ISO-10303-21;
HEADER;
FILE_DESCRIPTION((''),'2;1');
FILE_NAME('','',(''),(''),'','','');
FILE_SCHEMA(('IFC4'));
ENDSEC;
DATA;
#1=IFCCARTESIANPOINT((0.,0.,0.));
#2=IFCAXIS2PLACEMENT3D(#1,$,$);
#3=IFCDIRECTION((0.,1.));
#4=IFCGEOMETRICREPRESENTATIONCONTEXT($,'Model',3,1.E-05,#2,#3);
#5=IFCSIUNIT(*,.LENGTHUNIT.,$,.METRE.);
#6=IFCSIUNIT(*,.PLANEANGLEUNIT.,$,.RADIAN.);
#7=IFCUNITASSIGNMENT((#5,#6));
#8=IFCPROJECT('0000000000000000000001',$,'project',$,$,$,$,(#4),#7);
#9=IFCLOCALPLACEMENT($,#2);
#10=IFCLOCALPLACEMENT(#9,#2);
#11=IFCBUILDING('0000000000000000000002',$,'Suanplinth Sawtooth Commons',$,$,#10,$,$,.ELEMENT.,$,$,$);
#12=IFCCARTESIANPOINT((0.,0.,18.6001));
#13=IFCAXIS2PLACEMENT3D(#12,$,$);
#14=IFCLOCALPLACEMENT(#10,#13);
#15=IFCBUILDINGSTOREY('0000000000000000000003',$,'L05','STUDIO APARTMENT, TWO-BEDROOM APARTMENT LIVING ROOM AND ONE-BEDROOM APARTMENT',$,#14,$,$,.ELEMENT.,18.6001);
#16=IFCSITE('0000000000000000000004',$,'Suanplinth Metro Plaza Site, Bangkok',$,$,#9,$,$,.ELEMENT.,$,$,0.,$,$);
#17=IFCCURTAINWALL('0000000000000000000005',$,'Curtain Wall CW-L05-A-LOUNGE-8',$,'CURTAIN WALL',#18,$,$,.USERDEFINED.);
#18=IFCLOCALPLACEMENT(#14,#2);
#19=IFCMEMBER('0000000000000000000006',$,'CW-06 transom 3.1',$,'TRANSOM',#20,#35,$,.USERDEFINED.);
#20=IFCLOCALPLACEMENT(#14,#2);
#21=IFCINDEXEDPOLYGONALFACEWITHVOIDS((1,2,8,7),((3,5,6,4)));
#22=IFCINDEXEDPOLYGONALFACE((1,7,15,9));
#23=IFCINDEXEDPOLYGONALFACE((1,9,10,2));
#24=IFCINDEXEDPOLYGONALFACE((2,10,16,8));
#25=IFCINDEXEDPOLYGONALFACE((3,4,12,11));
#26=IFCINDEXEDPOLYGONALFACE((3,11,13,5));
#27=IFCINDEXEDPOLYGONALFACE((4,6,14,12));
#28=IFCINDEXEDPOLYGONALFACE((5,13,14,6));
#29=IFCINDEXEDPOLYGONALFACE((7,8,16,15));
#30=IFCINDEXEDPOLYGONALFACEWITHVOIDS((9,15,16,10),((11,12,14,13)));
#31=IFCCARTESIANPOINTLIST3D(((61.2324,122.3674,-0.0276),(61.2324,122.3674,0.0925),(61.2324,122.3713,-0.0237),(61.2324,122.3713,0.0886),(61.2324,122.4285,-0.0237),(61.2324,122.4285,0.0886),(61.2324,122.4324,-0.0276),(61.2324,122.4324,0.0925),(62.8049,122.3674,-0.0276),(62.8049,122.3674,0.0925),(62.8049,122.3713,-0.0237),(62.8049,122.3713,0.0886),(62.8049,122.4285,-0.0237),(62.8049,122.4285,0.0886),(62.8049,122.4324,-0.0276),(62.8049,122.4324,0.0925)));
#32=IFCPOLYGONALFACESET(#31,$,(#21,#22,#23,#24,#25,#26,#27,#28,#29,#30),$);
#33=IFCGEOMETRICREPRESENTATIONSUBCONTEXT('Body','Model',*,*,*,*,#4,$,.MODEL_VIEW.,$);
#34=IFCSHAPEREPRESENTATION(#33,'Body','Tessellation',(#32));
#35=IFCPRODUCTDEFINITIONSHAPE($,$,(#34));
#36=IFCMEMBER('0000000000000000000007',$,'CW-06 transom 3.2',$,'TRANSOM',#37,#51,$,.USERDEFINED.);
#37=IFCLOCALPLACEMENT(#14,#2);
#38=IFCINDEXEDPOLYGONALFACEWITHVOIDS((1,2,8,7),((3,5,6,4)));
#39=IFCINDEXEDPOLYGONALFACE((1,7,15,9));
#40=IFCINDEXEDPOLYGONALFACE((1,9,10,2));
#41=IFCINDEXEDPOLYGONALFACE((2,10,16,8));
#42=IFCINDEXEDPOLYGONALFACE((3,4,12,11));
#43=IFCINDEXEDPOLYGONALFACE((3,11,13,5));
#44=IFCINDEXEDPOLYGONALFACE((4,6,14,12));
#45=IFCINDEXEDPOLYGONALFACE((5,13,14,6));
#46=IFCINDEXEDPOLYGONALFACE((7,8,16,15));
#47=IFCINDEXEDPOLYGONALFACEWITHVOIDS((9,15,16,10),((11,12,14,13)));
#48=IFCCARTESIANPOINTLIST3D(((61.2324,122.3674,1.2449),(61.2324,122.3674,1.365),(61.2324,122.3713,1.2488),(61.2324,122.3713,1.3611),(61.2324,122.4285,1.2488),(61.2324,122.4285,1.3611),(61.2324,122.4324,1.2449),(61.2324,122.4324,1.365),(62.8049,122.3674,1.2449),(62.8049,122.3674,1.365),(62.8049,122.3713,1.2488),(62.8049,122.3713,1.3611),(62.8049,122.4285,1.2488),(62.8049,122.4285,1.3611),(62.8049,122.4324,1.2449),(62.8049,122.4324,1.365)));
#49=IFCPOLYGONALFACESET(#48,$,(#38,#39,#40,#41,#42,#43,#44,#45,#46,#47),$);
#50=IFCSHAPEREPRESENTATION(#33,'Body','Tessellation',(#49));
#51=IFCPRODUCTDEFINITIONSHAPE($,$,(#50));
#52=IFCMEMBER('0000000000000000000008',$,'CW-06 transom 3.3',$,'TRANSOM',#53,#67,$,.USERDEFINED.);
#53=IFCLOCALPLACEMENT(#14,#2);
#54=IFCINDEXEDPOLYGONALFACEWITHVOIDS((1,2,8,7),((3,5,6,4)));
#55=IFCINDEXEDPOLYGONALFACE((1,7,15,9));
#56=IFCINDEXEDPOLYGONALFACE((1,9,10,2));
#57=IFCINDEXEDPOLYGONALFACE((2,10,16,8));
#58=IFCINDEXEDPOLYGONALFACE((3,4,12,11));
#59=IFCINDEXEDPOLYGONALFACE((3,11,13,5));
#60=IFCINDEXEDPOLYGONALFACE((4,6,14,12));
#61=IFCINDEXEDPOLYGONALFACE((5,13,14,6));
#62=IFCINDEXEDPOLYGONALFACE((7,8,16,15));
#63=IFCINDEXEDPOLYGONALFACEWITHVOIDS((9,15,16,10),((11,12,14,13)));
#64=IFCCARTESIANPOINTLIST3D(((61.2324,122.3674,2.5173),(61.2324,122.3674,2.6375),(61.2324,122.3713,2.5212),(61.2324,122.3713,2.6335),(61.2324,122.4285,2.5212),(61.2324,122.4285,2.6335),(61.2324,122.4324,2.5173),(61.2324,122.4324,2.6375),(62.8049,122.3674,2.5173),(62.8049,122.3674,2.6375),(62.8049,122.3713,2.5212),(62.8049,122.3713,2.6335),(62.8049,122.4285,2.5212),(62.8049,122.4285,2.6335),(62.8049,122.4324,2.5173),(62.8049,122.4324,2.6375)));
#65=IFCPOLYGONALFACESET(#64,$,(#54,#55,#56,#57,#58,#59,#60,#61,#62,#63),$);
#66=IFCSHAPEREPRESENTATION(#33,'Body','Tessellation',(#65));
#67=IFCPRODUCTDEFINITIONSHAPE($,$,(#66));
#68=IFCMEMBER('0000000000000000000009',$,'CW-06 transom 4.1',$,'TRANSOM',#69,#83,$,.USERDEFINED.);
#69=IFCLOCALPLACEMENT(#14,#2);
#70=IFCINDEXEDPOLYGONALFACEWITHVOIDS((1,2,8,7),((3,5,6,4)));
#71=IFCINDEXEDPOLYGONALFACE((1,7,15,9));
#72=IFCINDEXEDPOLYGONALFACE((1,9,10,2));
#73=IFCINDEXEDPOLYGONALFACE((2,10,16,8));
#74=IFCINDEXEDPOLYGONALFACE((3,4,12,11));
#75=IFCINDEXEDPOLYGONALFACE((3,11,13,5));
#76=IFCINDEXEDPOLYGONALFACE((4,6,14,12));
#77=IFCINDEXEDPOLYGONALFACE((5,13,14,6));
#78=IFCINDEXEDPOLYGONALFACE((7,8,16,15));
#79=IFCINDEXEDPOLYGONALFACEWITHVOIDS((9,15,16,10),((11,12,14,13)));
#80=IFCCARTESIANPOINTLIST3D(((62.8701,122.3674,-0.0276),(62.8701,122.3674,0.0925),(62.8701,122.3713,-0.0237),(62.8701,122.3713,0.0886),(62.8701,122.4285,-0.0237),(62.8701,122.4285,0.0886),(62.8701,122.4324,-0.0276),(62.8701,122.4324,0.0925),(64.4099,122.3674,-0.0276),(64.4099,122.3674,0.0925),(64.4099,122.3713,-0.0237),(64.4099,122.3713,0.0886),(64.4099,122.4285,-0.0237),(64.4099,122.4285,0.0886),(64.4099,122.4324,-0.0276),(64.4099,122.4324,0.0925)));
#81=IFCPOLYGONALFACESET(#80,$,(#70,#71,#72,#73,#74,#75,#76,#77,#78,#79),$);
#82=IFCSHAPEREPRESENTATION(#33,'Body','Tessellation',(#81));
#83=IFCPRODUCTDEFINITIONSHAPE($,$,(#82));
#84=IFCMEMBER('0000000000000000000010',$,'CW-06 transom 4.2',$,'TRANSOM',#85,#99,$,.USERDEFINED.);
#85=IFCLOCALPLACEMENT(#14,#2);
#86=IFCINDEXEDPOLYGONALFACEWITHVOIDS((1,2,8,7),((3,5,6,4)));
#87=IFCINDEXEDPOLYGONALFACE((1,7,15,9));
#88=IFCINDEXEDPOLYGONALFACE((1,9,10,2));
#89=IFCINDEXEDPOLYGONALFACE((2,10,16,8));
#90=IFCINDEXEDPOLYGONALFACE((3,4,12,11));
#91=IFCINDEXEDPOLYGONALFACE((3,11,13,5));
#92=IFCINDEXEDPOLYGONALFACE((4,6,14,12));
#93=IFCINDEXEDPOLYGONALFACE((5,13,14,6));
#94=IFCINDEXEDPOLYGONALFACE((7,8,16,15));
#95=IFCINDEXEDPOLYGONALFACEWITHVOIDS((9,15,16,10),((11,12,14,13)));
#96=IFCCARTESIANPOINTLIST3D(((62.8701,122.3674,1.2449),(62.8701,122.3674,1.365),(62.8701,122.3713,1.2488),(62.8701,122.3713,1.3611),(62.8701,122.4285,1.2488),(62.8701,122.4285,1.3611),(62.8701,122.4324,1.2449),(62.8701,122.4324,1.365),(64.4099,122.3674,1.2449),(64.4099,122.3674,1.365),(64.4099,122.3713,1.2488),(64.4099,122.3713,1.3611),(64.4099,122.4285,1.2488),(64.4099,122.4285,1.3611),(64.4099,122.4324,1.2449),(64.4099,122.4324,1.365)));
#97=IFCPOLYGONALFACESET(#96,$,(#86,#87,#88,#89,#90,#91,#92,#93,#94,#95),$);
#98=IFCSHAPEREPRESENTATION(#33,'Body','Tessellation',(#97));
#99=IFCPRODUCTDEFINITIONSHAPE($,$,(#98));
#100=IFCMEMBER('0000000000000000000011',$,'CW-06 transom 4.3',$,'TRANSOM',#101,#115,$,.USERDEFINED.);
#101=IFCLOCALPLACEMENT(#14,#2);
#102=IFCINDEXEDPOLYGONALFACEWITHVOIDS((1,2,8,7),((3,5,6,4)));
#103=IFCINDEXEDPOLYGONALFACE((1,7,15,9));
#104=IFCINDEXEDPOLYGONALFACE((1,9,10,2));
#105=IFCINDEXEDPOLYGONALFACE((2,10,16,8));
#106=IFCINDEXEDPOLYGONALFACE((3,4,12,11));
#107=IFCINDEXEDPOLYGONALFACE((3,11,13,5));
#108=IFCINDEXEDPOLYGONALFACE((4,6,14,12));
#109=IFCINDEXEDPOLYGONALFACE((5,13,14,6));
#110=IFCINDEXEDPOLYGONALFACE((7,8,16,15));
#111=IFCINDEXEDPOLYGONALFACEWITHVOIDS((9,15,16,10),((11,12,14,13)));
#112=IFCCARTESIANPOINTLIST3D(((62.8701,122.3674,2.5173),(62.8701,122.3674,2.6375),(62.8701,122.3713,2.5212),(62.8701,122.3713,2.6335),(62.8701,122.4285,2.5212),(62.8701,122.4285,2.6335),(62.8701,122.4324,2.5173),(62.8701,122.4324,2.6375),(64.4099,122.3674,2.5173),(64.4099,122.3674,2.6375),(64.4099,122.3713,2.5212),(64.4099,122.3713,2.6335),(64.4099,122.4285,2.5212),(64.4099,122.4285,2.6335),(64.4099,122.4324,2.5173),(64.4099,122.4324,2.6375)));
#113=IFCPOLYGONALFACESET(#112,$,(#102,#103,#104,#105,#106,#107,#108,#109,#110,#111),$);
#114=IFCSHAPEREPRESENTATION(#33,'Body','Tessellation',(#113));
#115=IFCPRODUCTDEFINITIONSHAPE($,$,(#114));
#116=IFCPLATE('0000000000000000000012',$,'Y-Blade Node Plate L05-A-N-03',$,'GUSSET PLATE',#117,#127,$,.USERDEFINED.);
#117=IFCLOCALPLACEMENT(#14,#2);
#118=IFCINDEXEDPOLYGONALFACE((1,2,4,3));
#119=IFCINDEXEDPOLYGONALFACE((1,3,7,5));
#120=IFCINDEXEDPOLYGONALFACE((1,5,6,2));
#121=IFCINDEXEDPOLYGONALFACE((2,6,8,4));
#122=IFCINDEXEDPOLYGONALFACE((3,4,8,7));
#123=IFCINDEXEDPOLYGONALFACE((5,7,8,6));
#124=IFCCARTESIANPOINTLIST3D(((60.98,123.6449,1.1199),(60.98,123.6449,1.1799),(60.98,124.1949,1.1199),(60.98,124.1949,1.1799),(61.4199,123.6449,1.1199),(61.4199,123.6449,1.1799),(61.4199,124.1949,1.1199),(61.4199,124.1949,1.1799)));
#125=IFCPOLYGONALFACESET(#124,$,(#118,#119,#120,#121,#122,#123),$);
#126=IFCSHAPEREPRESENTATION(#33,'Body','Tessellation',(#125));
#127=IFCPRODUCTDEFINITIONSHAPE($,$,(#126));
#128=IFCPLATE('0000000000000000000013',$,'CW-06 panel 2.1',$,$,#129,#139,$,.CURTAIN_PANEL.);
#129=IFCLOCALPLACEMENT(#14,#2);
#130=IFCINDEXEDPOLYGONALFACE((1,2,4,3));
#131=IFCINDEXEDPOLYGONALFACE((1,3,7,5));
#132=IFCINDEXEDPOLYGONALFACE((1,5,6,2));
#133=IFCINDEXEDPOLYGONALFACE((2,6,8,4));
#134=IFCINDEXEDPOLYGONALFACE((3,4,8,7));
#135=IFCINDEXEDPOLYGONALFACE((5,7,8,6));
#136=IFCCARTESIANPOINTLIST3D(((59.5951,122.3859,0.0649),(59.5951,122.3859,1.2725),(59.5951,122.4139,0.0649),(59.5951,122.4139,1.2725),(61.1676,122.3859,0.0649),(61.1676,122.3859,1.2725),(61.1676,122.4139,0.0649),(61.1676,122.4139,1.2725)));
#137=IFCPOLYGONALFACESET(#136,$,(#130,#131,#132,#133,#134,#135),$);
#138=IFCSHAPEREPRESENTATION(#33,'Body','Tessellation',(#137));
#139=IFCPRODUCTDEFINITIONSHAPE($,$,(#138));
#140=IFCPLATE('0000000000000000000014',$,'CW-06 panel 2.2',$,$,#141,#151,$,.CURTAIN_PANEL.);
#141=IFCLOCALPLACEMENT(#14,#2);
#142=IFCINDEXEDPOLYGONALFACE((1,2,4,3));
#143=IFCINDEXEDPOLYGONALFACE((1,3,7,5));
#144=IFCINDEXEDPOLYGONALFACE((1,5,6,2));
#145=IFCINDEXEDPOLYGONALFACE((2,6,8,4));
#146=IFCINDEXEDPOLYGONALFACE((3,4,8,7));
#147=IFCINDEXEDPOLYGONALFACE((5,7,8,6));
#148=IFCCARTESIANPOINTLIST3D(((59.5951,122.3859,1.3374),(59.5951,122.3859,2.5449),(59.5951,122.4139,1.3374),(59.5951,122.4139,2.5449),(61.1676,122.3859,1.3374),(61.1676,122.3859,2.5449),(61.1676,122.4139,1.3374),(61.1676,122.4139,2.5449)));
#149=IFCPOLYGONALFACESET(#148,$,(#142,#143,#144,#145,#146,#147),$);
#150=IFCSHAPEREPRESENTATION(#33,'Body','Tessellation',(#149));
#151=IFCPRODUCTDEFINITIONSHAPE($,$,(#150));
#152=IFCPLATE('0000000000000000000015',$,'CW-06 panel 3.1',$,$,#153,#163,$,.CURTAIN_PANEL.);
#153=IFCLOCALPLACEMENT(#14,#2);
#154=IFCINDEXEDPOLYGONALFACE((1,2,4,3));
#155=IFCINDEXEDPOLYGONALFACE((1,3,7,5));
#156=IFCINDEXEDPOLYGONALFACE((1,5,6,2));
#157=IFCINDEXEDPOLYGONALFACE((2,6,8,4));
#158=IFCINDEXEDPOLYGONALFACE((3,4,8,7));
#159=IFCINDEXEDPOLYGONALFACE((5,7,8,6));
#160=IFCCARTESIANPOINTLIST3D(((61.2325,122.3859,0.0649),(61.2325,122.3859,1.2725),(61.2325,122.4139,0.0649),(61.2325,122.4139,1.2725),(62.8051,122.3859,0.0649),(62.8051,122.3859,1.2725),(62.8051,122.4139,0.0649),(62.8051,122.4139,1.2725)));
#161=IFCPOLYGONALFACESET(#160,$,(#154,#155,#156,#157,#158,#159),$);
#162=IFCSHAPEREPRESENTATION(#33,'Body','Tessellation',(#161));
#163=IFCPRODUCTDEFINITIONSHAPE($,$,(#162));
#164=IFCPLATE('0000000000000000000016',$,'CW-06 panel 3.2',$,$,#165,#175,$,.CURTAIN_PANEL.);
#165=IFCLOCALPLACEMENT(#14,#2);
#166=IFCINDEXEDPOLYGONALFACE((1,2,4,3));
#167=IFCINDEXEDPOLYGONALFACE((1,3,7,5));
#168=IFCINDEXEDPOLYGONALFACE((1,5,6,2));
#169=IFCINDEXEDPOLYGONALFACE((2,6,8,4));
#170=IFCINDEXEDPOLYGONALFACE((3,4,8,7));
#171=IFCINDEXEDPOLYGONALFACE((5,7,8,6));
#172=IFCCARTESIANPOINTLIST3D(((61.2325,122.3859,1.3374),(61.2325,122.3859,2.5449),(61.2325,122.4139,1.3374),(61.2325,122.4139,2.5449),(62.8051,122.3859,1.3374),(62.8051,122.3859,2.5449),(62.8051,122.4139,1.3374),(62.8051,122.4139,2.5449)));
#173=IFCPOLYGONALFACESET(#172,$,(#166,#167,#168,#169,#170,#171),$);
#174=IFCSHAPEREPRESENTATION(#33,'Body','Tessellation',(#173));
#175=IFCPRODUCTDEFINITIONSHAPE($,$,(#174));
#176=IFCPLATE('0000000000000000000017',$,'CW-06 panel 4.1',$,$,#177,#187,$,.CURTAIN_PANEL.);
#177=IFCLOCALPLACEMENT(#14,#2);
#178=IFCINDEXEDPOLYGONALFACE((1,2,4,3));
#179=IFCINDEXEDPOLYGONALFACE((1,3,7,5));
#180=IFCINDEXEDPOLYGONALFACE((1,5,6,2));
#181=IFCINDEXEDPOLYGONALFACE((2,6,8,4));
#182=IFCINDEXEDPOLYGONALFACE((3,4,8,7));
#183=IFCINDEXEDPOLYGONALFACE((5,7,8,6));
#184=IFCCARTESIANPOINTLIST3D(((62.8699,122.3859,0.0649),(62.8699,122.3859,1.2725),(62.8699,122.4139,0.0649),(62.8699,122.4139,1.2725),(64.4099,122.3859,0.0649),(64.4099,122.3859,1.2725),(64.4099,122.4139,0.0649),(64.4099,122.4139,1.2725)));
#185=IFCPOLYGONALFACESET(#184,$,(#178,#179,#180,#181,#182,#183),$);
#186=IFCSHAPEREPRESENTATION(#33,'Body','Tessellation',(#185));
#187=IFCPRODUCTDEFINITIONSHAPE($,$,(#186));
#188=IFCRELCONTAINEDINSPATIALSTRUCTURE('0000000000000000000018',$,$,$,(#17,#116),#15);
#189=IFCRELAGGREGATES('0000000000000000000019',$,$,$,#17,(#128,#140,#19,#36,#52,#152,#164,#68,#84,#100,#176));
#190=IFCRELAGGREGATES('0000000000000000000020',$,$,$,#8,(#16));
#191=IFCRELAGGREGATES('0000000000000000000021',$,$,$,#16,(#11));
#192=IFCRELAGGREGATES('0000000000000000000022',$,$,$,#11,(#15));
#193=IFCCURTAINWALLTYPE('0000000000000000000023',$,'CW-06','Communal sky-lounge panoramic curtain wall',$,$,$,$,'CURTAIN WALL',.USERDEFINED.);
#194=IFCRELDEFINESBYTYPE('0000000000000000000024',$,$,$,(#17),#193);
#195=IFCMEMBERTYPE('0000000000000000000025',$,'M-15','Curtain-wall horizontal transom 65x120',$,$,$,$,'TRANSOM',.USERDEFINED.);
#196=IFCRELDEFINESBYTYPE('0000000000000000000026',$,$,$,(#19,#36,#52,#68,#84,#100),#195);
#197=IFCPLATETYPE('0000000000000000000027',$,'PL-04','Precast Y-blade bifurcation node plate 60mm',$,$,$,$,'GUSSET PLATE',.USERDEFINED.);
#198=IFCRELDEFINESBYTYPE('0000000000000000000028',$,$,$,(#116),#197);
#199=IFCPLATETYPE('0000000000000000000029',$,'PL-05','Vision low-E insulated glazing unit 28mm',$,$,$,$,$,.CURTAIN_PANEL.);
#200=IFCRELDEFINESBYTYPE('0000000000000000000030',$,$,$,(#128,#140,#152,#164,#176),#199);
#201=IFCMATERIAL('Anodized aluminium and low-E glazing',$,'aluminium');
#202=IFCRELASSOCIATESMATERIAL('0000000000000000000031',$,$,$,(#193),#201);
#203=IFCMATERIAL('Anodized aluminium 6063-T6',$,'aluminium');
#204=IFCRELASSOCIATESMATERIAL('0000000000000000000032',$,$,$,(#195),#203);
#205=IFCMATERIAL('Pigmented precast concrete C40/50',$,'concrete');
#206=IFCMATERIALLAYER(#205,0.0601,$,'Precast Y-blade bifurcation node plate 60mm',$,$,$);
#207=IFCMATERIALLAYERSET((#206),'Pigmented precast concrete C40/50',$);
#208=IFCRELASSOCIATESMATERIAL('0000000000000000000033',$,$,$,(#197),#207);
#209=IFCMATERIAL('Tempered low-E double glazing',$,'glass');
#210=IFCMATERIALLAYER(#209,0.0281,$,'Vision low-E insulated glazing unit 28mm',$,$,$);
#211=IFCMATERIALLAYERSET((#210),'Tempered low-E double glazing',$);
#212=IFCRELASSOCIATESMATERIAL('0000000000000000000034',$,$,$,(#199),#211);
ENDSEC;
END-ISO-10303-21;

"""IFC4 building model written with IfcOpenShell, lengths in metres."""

from ifc_helpers import new_model, si_unit, direction, frame, origin, origin_2d, place, context, subcontext, project, spatial, rectangle, hollow_rectangle, extrude, material, layer, layer_set, material_profile, profile_set, type_object, element, aggregate, save


model = new_model("IFC4")

# Units and contexts
model_context = context("Model", 3, precision=1e-05, world=origin(), true_north=direction((0.0, 1.0)))
body_context = subcontext(model_context, "Body", "Model", "MODEL_VIEW")
ifc_project = project(units=[si_unit("LENGTHUNIT", "METRE"), si_unit("PLANEANGLEUNIT", "RADIAN")], contexts=[model_context])

# Site, building, storey
site_placement = place(None, origin())
site = spatial("IfcSite", under=ifc_project, at=site_placement, Name="Suanplinth Metro Plaza Site, Bangkok", CompositionType="ELEMENT", RefElevation=0.0)
building_placement = place(site_placement, origin())
building = spatial("IfcBuilding", under=site, at=building_placement, Name="Suanplinth Sawtooth Commons", CompositionType="ELEMENT")
storey_placement = place(building_placement, frame((0.0, 0.0, 18.6001)))
storey = spatial("IfcBuildingStorey", under=building, at=storey_placement, Name="L05", Description="STUDIO APARTMENT, TWO-BEDROOM APARTMENT LIVING ROOM AND ONE-BEDROOM APARTMENT", CompositionType="ELEMENT", Elevation=18.6001)

# Shared definitions
ifc_material_1 = material(Name="Pigmented precast concrete C40/50", Category="concrete")

# Curtain wall, members
ifc_material_2 = material(Name="Anodized aluminium and low-E glazing", Category="aluminium")
curtain_wall_type = type_object("IfcCurtainWallType", Name="CW-06", Description="Communal sky-lounge panoramic curtain wall", ElementType="CURTAIN WALL", PredefinedType="USERDEFINED", material=ifc_material_2)
curtain_wall_placement = place(storey_placement, origin())
curtain_wall = element("IfcCurtainWall", 1, at=curtain_wall_placement, inside=storey, type_object=curtain_wall_type, Name="Curtain Wall CW-L05-A-LOUNGE-8", ObjectType="CURTAIN WALL", PredefinedType="USERDEFINED")
ifc_material_3 = material(Name="Anodized aluminium 6063-T6", Category="aluminium")
ifc_material_profile_1 = material_profile(ifc_material_3, hollow_rectangle(XDim=0.0649, YDim=0.1201, WallThickness=0.0039, at=origin_2d()), Name="ALU-TRN 65x120")
ifc_profile_set_1 = profile_set([ifc_material_profile_1], Name="Anodized aluminium 6063-T6")
member_type_1 = type_object("IfcMemberType", Name="M-15", Description="Curtain-wall horizontal transom 65x120", ElementType="TRANSOM", PredefinedType="USERDEFINED", material=ifc_profile_set_1)
member_1_placement = place(storey_placement, frame((61.2324, 122.3999, 0.0325), z_axis=(1.0, 0.0, 0.0), x_axis=(0.0, 1.0, 0.0)))
member_1 = element("IfcMember", 2, at=member_1_placement, type_object=member_type_1, Name="CW-06 transom 3.1", ObjectType="TRANSOM", PredefinedType="USERDEFINED", context=body_context, shape_type="SweptSolid", body=[
    extrude(hollow_rectangle(XDim=0.0649, YDim=0.1201, WallThickness=0.0039, at=origin_2d()), origin(), (0.0, 0.0, 1.0), 1.5725),
])
member_2_placement = place(storey_placement, frame((61.2324, 122.3999, 1.3049), z_axis=(1.0, 0.0, 0.0), x_axis=(0.0, 1.0, 0.0)))
member_2 = element("IfcMember", 3, at=member_2_placement, type_object=member_type_1, Name="CW-06 transom 3.2", ObjectType="TRANSOM", PredefinedType="USERDEFINED", context=body_context, shape_type="SweptSolid", body=[
    extrude(hollow_rectangle(XDim=0.0649, YDim=0.1201, WallThickness=0.0039, at=origin_2d()), origin(), (0.0, 0.0, 1.0), 1.5725),
])
member_3_placement = place(storey_placement, frame((61.2324, 122.3999, 2.5774), z_axis=(1.0, 0.0, 0.0), x_axis=(0.0, 1.0, 0.0)))
member_3 = element("IfcMember", 4, at=member_3_placement, type_object=member_type_1, Name="CW-06 transom 3.3", ObjectType="TRANSOM", PredefinedType="USERDEFINED", context=body_context, shape_type="SweptSolid", body=[
    extrude(hollow_rectangle(XDim=0.0649, YDim=0.1201, WallThickness=0.0039, at=origin_2d()), origin(), (0.0, 0.0, 1.0), 1.5725),
])
member_4_placement = place(storey_placement, frame((62.8701, 122.3999, 0.0325), z_axis=(1.0, 0.0, 0.0), x_axis=(0.0, 1.0, 0.0)))
member_4 = element("IfcMember", 5, at=member_4_placement, type_object=member_type_1, Name="CW-06 transom 4.1", ObjectType="TRANSOM", PredefinedType="USERDEFINED", context=body_context, shape_type="SweptSolid", body=[
    extrude(hollow_rectangle(XDim=0.0649, YDim=0.1201, WallThickness=0.0039, at=origin_2d()), origin(), (0.0, 0.0, 1.0), 1.5398),
])
member_5_placement = place(storey_placement, frame((62.8701, 122.3999, 1.3049), z_axis=(1.0, 0.0, 0.0), x_axis=(0.0, 1.0, 0.0)))
member_5 = element("IfcMember", 6, at=member_5_placement, type_object=member_type_1, Name="CW-06 transom 4.2", ObjectType="TRANSOM", PredefinedType="USERDEFINED", context=body_context, shape_type="SweptSolid", body=[
    extrude(hollow_rectangle(XDim=0.0649, YDim=0.1201, WallThickness=0.0039, at=origin_2d()), origin(), (0.0, 0.0, 1.0), 1.5398),
])
member_6_placement = place(storey_placement, frame((62.8701, 122.3999, 2.5774), z_axis=(1.0, 0.0, 0.0), x_axis=(0.0, 1.0, 0.0)))
member_6 = element("IfcMember", 7, at=member_6_placement, type_object=member_type_1, Name="CW-06 transom 4.3", ObjectType="TRANSOM", PredefinedType="USERDEFINED", context=body_context, shape_type="SweptSolid", body=[
    extrude(hollow_rectangle(XDim=0.0649, YDim=0.1201, WallThickness=0.0039, at=origin_2d()), origin(), (0.0, 0.0, 1.0), 1.5398),
])

# Plates
ifc_layer_1 = layer(ifc_material_1, 0.0601, Name="Precast Y-blade bifurcation node plate 60mm")
ifc_layer_set_1 = layer_set([ifc_layer_1], Name="Pigmented precast concrete C40/50")
plate_type_1 = type_object("IfcPlateType", Name="PL-04", Description="Precast Y-blade bifurcation node plate 60mm", ElementType="GUSSET PLATE", PredefinedType="USERDEFINED", material=ifc_layer_set_1)
plate_1_placement = place(storey_placement, frame((61.2, 123.9199, 1.1199), z_axis=(0.0, 0.0, 1.0), x_axis=(1.0, 0.0, 0.0)))
element("IfcPlate", 8, at=plate_1_placement, inside=storey, type_object=plate_type_1, Name="Y-Blade Node Plate L05-A-N-03", ObjectType="GUSSET PLATE", PredefinedType="USERDEFINED", context=body_context, shape_type="SweptSolid", body=[
    extrude(rectangle(XDim=0.4399, YDim=0.55, at=origin_2d()), origin(), (0.0, 0.0, 1.0), 0.0601),
])
ifc_material_4 = material(Name="Tempered low-E double glazing", Category="glass")
ifc_layer_2 = layer(ifc_material_4, 0.0281, Name="Vision low-E insulated glazing unit 28mm")
ifc_layer_set_2 = layer_set([ifc_layer_2], Name="Tempered low-E double glazing")
plate_type_2 = type_object("IfcPlateType", Name="PL-05", Description="Vision low-E insulated glazing unit 28mm", PredefinedType="CURTAIN_PANEL", material=ifc_layer_set_2)
plate_2_placement = place(storey_placement, frame((60.3813, 122.3999, 0.0649), z_axis=(0.0, 0.0, 1.0), x_axis=(1.0, 0.0, 0.0)))
plate_2 = element("IfcPlate", 9, at=plate_2_placement, type_object=plate_type_2, Name="CW-06 panel 2.1", PredefinedType="CURTAIN_PANEL", context=body_context, shape_type="SweptSolid", body=[
    extrude(rectangle(XDim=1.5725, YDim=0.0281, at=origin_2d()), origin(), (0.0, 0.0, 1.0), 1.2075),
])
plate_3_placement = place(storey_placement, frame((60.3813, 122.3999, 1.3374), z_axis=(0.0, 0.0, 1.0), x_axis=(1.0, 0.0, 0.0)))
plate_3 = element("IfcPlate", 10, at=plate_3_placement, type_object=plate_type_2, Name="CW-06 panel 2.2", PredefinedType="CURTAIN_PANEL", context=body_context, shape_type="SweptSolid", body=[
    extrude(rectangle(XDim=1.5725, YDim=0.0281, at=origin_2d()), origin(), (0.0, 0.0, 1.0), 1.2075),
])
plate_4_placement = place(storey_placement, frame((62.0188, 122.3999, 0.0649), z_axis=(0.0, 0.0, 1.0), x_axis=(1.0, 0.0, 0.0)))
plate_4 = element("IfcPlate", 11, at=plate_4_placement, type_object=plate_type_2, Name="CW-06 panel 3.1", PredefinedType="CURTAIN_PANEL", context=body_context, shape_type="SweptSolid", body=[
    extrude(rectangle(XDim=1.5725, YDim=0.0281, at=origin_2d()), origin(), (0.0, 0.0, 1.0), 1.2075),
])
plate_5_placement = place(storey_placement, frame((62.0188, 122.3999, 1.3374), z_axis=(0.0, 0.0, 1.0), x_axis=(1.0, 0.0, 0.0)))
plate_5 = element("IfcPlate", 12, at=plate_5_placement, type_object=plate_type_2, Name="CW-06 panel 3.2", PredefinedType="CURTAIN_PANEL", context=body_context, shape_type="SweptSolid", body=[
    extrude(rectangle(XDim=1.5725, YDim=0.0281, at=origin_2d()), origin(), (0.0, 0.0, 1.0), 1.2075),
])
plate_6_placement = place(storey_placement, frame((63.6399, 122.3999, 0.0649), z_axis=(0.0, 0.0, 1.0), x_axis=(1.0, 0.0, 0.0)))
plate_6 = element("IfcPlate", 13, at=plate_6_placement, type_object=plate_type_2, Name="CW-06 panel 4.1", PredefinedType="CURTAIN_PANEL", context=body_context, shape_type="SweptSolid", body=[
    extrude(rectangle(XDim=1.54, YDim=0.0281, at=origin_2d()), origin(), (0.0, 0.0, 1.0), 1.2075),
])
aggregate(curtain_wall, [plate_2, plate_3, member_1, member_2, member_3, plate_4, plate_5, member_4, member_5, member_6, plate_6])

save(model, "model.ifc")
